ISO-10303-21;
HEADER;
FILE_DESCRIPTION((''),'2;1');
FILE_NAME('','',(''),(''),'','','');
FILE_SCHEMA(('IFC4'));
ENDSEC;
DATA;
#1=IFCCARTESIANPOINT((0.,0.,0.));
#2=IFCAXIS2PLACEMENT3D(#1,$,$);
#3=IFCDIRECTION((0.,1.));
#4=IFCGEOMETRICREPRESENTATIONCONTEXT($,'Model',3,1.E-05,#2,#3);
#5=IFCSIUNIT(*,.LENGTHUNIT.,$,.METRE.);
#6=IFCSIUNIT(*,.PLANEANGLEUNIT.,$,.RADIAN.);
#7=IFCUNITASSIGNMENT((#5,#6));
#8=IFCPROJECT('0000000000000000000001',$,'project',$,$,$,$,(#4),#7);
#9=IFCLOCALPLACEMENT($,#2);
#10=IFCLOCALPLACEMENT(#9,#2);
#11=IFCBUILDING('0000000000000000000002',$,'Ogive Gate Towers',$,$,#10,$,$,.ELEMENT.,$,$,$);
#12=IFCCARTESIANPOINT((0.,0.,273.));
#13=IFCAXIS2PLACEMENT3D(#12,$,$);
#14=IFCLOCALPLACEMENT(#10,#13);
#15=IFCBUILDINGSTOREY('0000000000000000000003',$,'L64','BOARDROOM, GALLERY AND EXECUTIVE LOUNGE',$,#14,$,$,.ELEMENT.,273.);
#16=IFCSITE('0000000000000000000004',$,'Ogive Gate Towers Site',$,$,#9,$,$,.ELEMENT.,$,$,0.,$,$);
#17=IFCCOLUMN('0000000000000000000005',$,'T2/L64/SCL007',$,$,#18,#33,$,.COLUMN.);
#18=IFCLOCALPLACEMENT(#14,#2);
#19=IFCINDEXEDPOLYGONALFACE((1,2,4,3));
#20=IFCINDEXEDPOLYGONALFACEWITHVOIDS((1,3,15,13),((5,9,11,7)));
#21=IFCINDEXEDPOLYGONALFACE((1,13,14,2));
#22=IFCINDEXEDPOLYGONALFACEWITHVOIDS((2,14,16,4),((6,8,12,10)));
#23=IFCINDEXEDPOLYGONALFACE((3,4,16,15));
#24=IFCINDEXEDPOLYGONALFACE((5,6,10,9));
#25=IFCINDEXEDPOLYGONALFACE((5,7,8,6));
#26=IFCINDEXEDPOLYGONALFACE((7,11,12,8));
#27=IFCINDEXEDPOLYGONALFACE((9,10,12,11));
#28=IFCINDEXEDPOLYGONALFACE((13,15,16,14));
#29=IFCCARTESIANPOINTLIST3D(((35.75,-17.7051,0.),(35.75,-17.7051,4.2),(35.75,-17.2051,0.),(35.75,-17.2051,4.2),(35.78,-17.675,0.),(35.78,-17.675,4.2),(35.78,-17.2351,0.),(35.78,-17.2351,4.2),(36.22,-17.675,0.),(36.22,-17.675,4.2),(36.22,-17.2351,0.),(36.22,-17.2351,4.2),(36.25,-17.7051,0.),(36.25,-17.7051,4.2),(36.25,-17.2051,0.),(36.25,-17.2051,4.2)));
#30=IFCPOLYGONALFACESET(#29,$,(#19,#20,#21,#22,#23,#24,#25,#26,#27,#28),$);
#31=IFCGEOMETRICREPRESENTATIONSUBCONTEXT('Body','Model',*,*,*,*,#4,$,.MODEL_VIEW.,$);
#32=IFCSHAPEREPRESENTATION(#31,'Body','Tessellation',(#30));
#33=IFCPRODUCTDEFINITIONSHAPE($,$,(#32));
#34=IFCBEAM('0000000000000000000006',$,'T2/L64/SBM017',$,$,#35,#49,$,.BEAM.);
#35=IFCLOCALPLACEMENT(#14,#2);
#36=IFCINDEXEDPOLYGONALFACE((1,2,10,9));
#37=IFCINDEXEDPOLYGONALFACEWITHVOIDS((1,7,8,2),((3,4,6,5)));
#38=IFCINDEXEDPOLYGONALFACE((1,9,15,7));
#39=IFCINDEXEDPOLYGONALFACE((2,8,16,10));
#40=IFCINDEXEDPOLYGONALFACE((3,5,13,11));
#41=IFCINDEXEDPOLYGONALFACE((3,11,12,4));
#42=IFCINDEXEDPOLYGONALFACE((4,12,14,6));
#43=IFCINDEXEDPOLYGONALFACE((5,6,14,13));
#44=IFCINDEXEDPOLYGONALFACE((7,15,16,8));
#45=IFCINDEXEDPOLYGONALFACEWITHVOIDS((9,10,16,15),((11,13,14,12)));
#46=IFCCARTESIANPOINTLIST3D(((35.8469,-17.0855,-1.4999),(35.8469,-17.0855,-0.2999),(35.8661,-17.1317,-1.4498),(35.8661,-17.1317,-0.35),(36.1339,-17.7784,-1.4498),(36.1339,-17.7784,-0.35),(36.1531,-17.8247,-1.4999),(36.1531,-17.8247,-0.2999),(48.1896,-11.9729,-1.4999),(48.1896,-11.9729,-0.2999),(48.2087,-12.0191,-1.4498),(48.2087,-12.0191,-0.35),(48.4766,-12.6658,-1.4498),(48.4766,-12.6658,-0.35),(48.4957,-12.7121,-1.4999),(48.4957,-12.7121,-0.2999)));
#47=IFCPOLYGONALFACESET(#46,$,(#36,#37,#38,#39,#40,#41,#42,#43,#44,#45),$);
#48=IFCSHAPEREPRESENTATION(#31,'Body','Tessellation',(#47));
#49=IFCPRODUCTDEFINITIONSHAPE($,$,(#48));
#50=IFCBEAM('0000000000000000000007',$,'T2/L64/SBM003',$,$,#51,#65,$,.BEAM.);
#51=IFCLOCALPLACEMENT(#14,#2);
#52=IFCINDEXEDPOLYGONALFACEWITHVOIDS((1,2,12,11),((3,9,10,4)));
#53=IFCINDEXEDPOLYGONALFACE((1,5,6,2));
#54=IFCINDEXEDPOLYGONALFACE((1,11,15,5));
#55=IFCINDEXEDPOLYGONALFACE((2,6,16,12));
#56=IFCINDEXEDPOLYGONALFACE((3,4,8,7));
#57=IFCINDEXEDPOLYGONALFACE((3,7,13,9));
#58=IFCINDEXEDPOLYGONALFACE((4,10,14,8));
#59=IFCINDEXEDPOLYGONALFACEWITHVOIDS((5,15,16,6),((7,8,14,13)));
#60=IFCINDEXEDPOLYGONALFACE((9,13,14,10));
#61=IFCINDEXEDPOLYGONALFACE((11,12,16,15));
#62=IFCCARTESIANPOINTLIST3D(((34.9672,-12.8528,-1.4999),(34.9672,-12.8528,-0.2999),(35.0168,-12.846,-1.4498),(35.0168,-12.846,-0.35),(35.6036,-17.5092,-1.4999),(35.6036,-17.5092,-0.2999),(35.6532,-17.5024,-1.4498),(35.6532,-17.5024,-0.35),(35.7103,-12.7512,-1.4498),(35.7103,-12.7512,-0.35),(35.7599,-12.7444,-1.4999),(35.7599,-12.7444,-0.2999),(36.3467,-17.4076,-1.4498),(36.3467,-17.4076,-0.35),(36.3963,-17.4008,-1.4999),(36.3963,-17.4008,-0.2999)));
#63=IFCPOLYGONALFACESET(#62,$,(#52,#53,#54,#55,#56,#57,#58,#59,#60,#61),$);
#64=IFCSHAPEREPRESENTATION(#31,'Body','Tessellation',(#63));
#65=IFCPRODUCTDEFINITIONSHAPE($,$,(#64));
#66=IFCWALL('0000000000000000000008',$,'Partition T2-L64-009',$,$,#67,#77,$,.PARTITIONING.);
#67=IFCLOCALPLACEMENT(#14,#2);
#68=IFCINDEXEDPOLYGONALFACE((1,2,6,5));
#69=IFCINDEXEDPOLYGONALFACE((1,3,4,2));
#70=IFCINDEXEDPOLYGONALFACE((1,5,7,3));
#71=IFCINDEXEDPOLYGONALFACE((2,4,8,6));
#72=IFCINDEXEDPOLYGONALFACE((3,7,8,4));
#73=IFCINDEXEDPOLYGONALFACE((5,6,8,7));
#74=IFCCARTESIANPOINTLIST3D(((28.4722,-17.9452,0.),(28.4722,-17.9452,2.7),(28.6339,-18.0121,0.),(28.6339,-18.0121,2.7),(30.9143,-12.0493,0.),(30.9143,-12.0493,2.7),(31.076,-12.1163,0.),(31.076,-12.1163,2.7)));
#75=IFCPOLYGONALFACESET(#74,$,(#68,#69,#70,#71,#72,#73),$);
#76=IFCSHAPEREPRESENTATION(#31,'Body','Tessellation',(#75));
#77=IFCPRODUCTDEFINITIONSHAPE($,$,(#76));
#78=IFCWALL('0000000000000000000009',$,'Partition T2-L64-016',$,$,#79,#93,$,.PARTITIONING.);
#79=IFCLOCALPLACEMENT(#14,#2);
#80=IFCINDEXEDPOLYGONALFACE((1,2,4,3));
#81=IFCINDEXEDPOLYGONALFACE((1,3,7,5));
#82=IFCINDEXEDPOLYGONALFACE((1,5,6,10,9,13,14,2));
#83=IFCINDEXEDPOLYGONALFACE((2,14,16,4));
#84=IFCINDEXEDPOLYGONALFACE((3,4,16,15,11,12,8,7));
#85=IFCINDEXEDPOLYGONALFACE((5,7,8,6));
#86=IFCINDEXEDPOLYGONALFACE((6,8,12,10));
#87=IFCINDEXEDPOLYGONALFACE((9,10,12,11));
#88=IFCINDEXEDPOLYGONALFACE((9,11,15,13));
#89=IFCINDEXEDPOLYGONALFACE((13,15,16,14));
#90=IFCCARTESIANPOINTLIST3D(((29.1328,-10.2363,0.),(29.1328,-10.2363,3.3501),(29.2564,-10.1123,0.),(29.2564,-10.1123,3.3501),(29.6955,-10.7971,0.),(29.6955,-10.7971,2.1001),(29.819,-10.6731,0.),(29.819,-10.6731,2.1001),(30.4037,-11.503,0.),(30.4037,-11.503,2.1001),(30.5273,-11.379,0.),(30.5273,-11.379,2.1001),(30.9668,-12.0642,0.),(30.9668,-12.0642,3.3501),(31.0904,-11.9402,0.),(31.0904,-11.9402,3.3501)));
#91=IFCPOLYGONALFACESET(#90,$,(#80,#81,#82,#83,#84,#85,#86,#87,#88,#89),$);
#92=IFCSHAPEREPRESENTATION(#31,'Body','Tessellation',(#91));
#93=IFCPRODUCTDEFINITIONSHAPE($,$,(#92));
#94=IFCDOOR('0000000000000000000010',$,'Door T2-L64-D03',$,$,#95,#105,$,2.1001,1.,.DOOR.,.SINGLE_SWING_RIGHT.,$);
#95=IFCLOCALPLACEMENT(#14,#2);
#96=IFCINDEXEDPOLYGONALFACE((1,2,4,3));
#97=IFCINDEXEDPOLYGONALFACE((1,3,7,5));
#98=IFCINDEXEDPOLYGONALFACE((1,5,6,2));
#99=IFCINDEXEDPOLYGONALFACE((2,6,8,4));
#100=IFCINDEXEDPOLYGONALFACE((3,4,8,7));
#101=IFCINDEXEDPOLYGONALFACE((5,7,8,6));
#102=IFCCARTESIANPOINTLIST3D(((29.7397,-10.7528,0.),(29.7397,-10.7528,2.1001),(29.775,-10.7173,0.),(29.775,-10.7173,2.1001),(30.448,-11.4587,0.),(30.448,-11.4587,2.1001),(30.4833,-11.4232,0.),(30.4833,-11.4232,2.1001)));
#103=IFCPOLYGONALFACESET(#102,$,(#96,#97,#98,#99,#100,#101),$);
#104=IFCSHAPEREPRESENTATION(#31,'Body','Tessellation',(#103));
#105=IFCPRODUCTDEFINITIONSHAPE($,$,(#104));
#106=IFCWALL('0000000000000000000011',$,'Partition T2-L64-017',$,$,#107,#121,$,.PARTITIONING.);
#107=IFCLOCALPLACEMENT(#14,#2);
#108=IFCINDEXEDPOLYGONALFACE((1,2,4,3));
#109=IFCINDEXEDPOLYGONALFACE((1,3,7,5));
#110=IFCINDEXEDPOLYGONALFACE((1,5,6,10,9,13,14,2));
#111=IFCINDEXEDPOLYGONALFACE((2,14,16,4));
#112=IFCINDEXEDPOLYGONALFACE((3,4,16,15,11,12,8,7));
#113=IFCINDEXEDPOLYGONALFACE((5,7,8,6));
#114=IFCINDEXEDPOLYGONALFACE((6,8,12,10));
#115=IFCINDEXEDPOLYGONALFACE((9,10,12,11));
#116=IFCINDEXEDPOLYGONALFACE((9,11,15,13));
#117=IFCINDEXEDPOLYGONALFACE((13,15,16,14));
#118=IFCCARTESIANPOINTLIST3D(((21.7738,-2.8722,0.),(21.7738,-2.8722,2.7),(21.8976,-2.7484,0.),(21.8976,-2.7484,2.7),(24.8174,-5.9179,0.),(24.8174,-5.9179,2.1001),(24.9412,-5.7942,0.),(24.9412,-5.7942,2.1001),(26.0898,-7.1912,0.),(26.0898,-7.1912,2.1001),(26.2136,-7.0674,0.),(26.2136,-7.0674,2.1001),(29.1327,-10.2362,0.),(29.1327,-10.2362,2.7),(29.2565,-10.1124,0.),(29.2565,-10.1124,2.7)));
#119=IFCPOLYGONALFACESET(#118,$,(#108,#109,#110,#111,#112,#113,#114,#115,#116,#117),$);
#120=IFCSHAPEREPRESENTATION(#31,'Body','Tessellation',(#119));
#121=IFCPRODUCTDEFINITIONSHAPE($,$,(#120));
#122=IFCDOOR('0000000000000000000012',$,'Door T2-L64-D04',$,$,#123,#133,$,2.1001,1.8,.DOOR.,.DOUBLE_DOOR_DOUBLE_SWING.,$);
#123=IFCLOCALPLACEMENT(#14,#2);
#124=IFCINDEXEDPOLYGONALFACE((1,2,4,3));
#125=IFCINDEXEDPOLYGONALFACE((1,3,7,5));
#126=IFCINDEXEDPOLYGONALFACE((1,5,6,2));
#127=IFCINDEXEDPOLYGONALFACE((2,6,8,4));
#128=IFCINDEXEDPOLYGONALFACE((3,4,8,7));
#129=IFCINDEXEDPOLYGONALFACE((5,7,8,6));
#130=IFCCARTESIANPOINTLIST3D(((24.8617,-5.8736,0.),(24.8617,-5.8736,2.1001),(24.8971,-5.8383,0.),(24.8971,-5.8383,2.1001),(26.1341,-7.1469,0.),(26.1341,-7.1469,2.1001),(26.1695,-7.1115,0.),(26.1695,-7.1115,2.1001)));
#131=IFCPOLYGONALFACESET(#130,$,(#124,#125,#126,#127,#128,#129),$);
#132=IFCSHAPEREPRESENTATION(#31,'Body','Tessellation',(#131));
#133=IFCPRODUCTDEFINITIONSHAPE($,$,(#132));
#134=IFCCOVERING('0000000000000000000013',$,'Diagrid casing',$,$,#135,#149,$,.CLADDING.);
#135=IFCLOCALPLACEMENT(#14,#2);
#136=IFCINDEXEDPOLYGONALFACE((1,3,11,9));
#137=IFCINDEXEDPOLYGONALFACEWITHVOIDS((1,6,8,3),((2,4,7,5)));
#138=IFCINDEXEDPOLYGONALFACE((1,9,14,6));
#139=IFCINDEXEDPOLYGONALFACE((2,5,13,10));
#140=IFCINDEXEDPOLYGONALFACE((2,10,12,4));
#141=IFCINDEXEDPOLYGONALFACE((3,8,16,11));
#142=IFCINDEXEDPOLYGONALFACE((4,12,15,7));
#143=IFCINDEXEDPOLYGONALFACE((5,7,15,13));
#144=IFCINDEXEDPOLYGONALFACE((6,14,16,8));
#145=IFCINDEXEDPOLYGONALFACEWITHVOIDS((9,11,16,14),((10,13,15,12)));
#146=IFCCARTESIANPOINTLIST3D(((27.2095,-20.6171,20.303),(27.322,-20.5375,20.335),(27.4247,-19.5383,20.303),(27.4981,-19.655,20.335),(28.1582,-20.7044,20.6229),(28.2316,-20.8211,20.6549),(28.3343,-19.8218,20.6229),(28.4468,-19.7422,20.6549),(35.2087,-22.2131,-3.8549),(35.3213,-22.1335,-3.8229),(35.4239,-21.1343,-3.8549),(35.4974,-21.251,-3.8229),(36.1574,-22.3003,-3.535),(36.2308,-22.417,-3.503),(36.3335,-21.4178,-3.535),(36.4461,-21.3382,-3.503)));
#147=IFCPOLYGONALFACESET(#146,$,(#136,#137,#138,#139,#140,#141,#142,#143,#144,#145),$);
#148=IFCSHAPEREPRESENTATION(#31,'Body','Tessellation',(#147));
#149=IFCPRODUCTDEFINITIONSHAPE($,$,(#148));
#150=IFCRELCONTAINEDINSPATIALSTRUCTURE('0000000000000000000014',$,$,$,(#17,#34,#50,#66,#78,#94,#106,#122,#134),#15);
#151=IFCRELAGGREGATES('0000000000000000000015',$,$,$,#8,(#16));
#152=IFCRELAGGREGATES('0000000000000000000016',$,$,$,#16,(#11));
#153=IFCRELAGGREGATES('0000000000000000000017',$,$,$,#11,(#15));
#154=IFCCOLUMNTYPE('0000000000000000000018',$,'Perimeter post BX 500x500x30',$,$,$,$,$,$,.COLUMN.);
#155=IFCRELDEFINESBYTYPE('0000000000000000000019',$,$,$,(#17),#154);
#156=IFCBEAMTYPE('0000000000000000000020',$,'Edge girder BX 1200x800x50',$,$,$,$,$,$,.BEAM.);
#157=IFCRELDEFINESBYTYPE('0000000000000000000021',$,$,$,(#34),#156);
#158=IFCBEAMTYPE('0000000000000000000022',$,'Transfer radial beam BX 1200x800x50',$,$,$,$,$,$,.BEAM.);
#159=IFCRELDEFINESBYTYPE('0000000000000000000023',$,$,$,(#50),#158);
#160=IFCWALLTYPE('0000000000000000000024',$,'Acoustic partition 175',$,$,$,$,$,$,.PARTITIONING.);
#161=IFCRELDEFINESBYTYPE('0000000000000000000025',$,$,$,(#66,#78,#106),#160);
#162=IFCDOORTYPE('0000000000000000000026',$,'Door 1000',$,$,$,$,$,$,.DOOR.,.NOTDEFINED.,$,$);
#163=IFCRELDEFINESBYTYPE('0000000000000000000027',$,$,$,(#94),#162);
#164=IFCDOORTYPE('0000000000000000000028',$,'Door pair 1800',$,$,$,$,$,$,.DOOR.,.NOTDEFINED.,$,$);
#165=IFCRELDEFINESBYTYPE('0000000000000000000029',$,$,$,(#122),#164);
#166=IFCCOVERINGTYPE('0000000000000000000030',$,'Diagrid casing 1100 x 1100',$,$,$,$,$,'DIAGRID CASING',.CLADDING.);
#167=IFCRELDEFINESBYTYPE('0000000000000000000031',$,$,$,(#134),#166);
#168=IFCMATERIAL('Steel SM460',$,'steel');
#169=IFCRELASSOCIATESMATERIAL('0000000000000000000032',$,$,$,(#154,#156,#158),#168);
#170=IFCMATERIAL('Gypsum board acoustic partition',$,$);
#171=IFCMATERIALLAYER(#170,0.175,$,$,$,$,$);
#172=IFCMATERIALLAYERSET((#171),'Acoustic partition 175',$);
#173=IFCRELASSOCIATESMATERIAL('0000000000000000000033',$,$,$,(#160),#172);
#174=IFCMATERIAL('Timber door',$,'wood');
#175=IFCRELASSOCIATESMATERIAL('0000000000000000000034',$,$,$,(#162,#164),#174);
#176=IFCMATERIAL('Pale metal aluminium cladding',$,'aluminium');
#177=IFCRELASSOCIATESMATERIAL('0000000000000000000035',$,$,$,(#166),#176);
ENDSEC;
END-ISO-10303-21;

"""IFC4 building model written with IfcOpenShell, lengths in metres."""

from ifc_helpers import new_model, si_unit, direction, frame, frame_2d, origin, origin_2d, place, context, subcontext, project, spatial, rectangle, hollow_rectangle, extrude, material, layer, layer_set, material_profile, profile_set, type_object, element, fill, save


model = new_model("IFC4")

# Units and contexts
model_context = context("Model", 3, precision=1e-05, world=origin(), true_north=direction((0.0, 1.0)))
body_context = subcontext(model_context, "Body", "Model", "MODEL_VIEW")
ifc_project = project(units=[si_unit("LENGTHUNIT", "METRE"), si_unit("PLANEANGLEUNIT", "RADIAN")], contexts=[model_context])

# Site, building, storey
site_placement = place(None, origin())
site = spatial("IfcSite", under=ifc_project, at=site_placement, Name="Ogive Gate Towers Site", CompositionType="ELEMENT", RefElevation=0.0)
building_placement = place(site_placement, origin())
building = spatial("IfcBuilding", under=site, at=building_placement, Name="Ogive Gate Towers", CompositionType="ELEMENT")
storey_placement = place(building_placement, frame((0.0, 0.0, 273.0)))
storey = spatial("IfcBuildingStorey", under=building, at=storey_placement, Name="L64", Description="BOARDROOM, GALLERY AND EXECUTIVE LOUNGE", CompositionType="ELEMENT", Elevation=273.0)

# Column
ifc_material_1 = material(Name="Steel SM460", Category="steel")
ifc_material_profile_1 = material_profile(ifc_material_1, hollow_rectangle(XDim=0.5, YDim=0.5, WallThickness=0.03, at=origin_2d()), Name="BX 500x500x30")
ifc_profile_set_1 = profile_set([ifc_material_profile_1], Name="Steel SM460")
column_type = type_object("IfcColumnType", Name="Perimeter post BX 500x500x30", PredefinedType="COLUMN", material=ifc_profile_set_1)
column_placement = place(storey_placement, frame((36.0, -17.4551, 0.0), z_axis=(0.0, 0.0, 1.0), x_axis=(1.0, 0.0, 0.0)))
element("IfcColumn", 1, at=column_placement, inside=storey, type_object=column_type, Name="T2/L64/SCL007", PredefinedType="COLUMN", context=body_context, shape_type="SweptSolid", body=[
    extrude(hollow_rectangle(XDim=0.5, YDim=0.5, WallThickness=0.03, at=origin_2d()), origin(), (0.0, 0.0, 1.0), 4.2),
])

# Beams
ifc_material_profile_2 = material_profile(ifc_material_1, hollow_rectangle(XDim=0.8, YDim=1.2, WallThickness=0.05, at=origin_2d()), Name="BX 1200x800x50")
ifc_profile_set_2 = profile_set([ifc_material_profile_2], Name="Steel SM460")
beam_type_1 = type_object("IfcBeamType", Name="Edge girder BX 1200x800x50", PredefinedType="BEAM", material=ifc_profile_set_2)
beam_1_placement = place(storey_placement, frame((36.0, -17.4551, -0.8999), z_axis=(0.923877, 0.38269, 0.0), x_axis=(-0.38269, 0.923877, 0.0)))
element("IfcBeam", 2, at=beam_1_placement, inside=storey, type_object=beam_type_1, Name="T2/L64/SBM017", PredefinedType="BEAM", context=body_context, shape_type="SweptSolid", body=[
    extrude(hollow_rectangle(XDim=0.8, YDim=1.2, WallThickness=0.05, at=origin_2d()), origin(), (0.0, 0.0, 1.0), 13.3596),
])
ifc_material_profile_3 = material_profile(ifc_material_1, hollow_rectangle(XDim=0.8, YDim=1.2, WallThickness=0.05, at=origin_2d()), Name="BX 1200x800x50")
ifc_profile_set_3 = profile_set([ifc_material_profile_3], Name="Steel SM460")
beam_type_2 = type_object("IfcBeamType", Name="Transfer radial beam BX 1200x800x50", PredefinedType="BEAM", material=ifc_profile_set_3)
beam_2_placement = place(storey_placement, frame((35.3635, -12.7986, -0.8999), z_axis=(0.135426, -0.990787, 0.0), x_axis=(0.990787, 0.135426, 0.0)))
element("IfcBeam", 3, at=beam_2_placement, inside=storey, type_object=beam_type_2, Name="T2/L64/SBM003", PredefinedType="BEAM", context=body_context, shape_type="SweptSolid", body=[
    extrude(hollow_rectangle(XDim=0.8, YDim=1.2, WallThickness=0.05, at=origin_2d()), origin(), (0.0, 0.0, 1.0), 4.6997),
])

# Wall
ifc_material_2 = material(Name="Gypsum board acoustic partition")
ifc_layer = layer(ifc_material_2, 0.175)
ifc_layer_set = layer_set([ifc_layer], Name="Acoustic partition 175")
wall_type = type_object("IfcWallType", Name="Acoustic partition 175", PredefinedType="PARTITIONING", material=ifc_layer_set)
wall_1_placement = place(storey_placement, frame((28.553, -17.9788, 0.0), z_axis=(0.0, 0.0, 1.0), x_axis=(0.382689, 0.923877, 0.0)))
element("IfcWall", 4, at=wall_1_placement, inside=storey, type_object=wall_type, Name="Partition T2-L64-009", PredefinedType="PARTITIONING", context=body_context, shape_type="SweptSolid", body=[
    extrude(rectangle(XDim=6.3816, YDim=0.175, at=frame_2d((3.1909, 0.0))), origin(), (0.0, 0.0, 1.0), 2.7),
])

# Walls, openings, doors
wall_2_placement = place(storey_placement, frame((31.0286, -12.0022, 0.0), z_axis=(0.0, 0.0, 1.0), x_axis=(-0.708284, 0.705927, 0.0)))
wall_2 = element("IfcWall", 5, at=wall_2_placement, inside=storey, type_object=wall_type, Name="Partition T2-L64-016", PredefinedType="PARTITIONING", context=body_context, shape_type="SweptSolid", body=[
    extrude(rectangle(XDim=2.5894, YDim=0.175, at=frame_2d((1.2947, 0.0))), origin(), (0.0, 0.0, 1.0), 3.3501),
])
opening_1_placement = place(wall_2_placement, frame((0.7949, 0.0, 0.0)))
opening_1 = element("IfcOpeningElement", 6, at=opening_1_placement, cuts=wall_2, PredefinedType="OPENING", context=body_context, shape_type="SweptSolid", body=[
    extrude(rectangle(XDim=1.0, YDim=2.1001, at=frame_2d((0.5, 1.05))), frame((0.0, 0.0977, 0.0), z_axis=(0.0, -1.0, 0.0), x_axis=(1.0, 0.0, 0.0)), (0.0, 0.0, 1.0), 0.1951),
])
ifc_material_3 = material(Name="Timber door", Category="wood")
door_type_1 = type_object("IfcDoorType", Name="Door 1000", OperationType="NOTDEFINED", PredefinedType="DOOR", material=ifc_material_3)
door_1_placement = place(opening_1_placement, origin())
door_1 = element("IfcDoor", 7, at=door_1_placement, inside=storey, type_object=door_type_1, Name="Door T2-L64-D03", OperationType="SINGLE_SWING_RIGHT", OverallHeight=2.1001, OverallWidth=1.0, PredefinedType="DOOR", context=body_context, shape_type="SweptSolid", body=[
    extrude(rectangle(XDim=1.0, YDim=2.1001, at=frame_2d((0.5, 1.05))), frame((0.0, 0.0249, 0.0), z_axis=(0.0, -1.0, 0.0), x_axis=(1.0, 0.0, 0.0)), (0.0, 0.0, 1.0), 0.05),
])
fill(opening_1, door_1)
wall_3_placement = place(storey_placement, frame((29.1946, -10.1743, 0.0), z_axis=(0.0, 0.0, 1.0), x_axis=(-0.706861, 0.707353, 0.0)))
wall_3 = element("IfcWall", 8, at=wall_3_placement, inside=storey, type_object=wall_type, Name="Partition T2-L64-017", PredefinedType="PARTITIONING", context=body_context, shape_type="SweptSolid", body=[
    extrude(rectangle(XDim=10.4106, YDim=0.175, at=frame_2d((5.2053, 0.0))), origin(), (0.0, 0.0, 1.0), 2.7),
])
opening_2_placement = place(wall_3_placement, frame((4.3049, 0.0, 0.0)))
opening_2 = element("IfcOpeningElement", 9, at=opening_2_placement, cuts=wall_3, PredefinedType="OPENING", context=body_context, shape_type="SweptSolid", body=[
    extrude(rectangle(XDim=1.8, YDim=2.1001, at=frame_2d((0.8999, 1.05))), frame((0.0, 0.0977, 0.0), z_axis=(0.0, -1.0, 0.0), x_axis=(1.0, 0.0, 0.0)), (0.0, 0.0, 1.0), 0.1951),
])
door_type_2 = type_object("IfcDoorType", Name="Door pair 1800", OperationType="NOTDEFINED", PredefinedType="DOOR", material=ifc_material_3)
door_2_placement = place(opening_2_placement, origin())
door_2 = element("IfcDoor", 10, at=door_2_placement, inside=storey, type_object=door_type_2, Name="Door T2-L64-D04", OperationType="DOUBLE_DOOR_DOUBLE_SWING", OverallHeight=2.1001, OverallWidth=1.8, PredefinedType="DOOR", context=body_context, shape_type="SweptSolid", body=[
    extrude(rectangle(XDim=1.8, YDim=2.1001, at=frame_2d((0.8999, 1.05))), frame((0.0, 0.0249, 0.0), z_axis=(0.0, -1.0, 0.0), x_axis=(1.0, 0.0, 0.0)), (0.0, 0.0, 1.0), 0.05),
])
fill(opening_2, door_2)

# Covering
ifc_material_4 = material(Name="Pale metal aluminium cladding", Category="aluminium")
ifc_material_profile_4 = material_profile(ifc_material_4, hollow_rectangle(XDim=1.1001, YDim=1.1001, WallThickness=0.1001, at=origin_2d()), Name="1100 x 1100 pale metal casing")
ifc_profile_set_4 = profile_set([ifc_material_profile_4], Name="Pale metal aluminium cladding")
covering_type = type_object("IfcCoveringType", Name="Diagrid casing 1100 x 1100", ElementType="DIAGRID CASING", PredefinedType="CLADDING", material=ifc_profile_set_4)
covering_placement = place(storey_placement, frame((35.8274, -21.7756, -3.679), z_axis=(-0.313723, 0.062591, 0.947449), x_axis=(-0.195656, -0.980673, 0.0)))
element("IfcCovering", 11, at=covering_placement, inside=storey, type_object=covering_type, Name="Diagrid casing", PredefinedType="CLADDING", context=body_context, shape_type="SweptSolid", body=[
    extrude(hollow_rectangle(XDim=1.1001, YDim=1.1001, WallThickness=0.1001, at=origin_2d()), origin(), (0.0, 0.0, 1.0), 25.4978),
])

save(model, "model.ifc")
